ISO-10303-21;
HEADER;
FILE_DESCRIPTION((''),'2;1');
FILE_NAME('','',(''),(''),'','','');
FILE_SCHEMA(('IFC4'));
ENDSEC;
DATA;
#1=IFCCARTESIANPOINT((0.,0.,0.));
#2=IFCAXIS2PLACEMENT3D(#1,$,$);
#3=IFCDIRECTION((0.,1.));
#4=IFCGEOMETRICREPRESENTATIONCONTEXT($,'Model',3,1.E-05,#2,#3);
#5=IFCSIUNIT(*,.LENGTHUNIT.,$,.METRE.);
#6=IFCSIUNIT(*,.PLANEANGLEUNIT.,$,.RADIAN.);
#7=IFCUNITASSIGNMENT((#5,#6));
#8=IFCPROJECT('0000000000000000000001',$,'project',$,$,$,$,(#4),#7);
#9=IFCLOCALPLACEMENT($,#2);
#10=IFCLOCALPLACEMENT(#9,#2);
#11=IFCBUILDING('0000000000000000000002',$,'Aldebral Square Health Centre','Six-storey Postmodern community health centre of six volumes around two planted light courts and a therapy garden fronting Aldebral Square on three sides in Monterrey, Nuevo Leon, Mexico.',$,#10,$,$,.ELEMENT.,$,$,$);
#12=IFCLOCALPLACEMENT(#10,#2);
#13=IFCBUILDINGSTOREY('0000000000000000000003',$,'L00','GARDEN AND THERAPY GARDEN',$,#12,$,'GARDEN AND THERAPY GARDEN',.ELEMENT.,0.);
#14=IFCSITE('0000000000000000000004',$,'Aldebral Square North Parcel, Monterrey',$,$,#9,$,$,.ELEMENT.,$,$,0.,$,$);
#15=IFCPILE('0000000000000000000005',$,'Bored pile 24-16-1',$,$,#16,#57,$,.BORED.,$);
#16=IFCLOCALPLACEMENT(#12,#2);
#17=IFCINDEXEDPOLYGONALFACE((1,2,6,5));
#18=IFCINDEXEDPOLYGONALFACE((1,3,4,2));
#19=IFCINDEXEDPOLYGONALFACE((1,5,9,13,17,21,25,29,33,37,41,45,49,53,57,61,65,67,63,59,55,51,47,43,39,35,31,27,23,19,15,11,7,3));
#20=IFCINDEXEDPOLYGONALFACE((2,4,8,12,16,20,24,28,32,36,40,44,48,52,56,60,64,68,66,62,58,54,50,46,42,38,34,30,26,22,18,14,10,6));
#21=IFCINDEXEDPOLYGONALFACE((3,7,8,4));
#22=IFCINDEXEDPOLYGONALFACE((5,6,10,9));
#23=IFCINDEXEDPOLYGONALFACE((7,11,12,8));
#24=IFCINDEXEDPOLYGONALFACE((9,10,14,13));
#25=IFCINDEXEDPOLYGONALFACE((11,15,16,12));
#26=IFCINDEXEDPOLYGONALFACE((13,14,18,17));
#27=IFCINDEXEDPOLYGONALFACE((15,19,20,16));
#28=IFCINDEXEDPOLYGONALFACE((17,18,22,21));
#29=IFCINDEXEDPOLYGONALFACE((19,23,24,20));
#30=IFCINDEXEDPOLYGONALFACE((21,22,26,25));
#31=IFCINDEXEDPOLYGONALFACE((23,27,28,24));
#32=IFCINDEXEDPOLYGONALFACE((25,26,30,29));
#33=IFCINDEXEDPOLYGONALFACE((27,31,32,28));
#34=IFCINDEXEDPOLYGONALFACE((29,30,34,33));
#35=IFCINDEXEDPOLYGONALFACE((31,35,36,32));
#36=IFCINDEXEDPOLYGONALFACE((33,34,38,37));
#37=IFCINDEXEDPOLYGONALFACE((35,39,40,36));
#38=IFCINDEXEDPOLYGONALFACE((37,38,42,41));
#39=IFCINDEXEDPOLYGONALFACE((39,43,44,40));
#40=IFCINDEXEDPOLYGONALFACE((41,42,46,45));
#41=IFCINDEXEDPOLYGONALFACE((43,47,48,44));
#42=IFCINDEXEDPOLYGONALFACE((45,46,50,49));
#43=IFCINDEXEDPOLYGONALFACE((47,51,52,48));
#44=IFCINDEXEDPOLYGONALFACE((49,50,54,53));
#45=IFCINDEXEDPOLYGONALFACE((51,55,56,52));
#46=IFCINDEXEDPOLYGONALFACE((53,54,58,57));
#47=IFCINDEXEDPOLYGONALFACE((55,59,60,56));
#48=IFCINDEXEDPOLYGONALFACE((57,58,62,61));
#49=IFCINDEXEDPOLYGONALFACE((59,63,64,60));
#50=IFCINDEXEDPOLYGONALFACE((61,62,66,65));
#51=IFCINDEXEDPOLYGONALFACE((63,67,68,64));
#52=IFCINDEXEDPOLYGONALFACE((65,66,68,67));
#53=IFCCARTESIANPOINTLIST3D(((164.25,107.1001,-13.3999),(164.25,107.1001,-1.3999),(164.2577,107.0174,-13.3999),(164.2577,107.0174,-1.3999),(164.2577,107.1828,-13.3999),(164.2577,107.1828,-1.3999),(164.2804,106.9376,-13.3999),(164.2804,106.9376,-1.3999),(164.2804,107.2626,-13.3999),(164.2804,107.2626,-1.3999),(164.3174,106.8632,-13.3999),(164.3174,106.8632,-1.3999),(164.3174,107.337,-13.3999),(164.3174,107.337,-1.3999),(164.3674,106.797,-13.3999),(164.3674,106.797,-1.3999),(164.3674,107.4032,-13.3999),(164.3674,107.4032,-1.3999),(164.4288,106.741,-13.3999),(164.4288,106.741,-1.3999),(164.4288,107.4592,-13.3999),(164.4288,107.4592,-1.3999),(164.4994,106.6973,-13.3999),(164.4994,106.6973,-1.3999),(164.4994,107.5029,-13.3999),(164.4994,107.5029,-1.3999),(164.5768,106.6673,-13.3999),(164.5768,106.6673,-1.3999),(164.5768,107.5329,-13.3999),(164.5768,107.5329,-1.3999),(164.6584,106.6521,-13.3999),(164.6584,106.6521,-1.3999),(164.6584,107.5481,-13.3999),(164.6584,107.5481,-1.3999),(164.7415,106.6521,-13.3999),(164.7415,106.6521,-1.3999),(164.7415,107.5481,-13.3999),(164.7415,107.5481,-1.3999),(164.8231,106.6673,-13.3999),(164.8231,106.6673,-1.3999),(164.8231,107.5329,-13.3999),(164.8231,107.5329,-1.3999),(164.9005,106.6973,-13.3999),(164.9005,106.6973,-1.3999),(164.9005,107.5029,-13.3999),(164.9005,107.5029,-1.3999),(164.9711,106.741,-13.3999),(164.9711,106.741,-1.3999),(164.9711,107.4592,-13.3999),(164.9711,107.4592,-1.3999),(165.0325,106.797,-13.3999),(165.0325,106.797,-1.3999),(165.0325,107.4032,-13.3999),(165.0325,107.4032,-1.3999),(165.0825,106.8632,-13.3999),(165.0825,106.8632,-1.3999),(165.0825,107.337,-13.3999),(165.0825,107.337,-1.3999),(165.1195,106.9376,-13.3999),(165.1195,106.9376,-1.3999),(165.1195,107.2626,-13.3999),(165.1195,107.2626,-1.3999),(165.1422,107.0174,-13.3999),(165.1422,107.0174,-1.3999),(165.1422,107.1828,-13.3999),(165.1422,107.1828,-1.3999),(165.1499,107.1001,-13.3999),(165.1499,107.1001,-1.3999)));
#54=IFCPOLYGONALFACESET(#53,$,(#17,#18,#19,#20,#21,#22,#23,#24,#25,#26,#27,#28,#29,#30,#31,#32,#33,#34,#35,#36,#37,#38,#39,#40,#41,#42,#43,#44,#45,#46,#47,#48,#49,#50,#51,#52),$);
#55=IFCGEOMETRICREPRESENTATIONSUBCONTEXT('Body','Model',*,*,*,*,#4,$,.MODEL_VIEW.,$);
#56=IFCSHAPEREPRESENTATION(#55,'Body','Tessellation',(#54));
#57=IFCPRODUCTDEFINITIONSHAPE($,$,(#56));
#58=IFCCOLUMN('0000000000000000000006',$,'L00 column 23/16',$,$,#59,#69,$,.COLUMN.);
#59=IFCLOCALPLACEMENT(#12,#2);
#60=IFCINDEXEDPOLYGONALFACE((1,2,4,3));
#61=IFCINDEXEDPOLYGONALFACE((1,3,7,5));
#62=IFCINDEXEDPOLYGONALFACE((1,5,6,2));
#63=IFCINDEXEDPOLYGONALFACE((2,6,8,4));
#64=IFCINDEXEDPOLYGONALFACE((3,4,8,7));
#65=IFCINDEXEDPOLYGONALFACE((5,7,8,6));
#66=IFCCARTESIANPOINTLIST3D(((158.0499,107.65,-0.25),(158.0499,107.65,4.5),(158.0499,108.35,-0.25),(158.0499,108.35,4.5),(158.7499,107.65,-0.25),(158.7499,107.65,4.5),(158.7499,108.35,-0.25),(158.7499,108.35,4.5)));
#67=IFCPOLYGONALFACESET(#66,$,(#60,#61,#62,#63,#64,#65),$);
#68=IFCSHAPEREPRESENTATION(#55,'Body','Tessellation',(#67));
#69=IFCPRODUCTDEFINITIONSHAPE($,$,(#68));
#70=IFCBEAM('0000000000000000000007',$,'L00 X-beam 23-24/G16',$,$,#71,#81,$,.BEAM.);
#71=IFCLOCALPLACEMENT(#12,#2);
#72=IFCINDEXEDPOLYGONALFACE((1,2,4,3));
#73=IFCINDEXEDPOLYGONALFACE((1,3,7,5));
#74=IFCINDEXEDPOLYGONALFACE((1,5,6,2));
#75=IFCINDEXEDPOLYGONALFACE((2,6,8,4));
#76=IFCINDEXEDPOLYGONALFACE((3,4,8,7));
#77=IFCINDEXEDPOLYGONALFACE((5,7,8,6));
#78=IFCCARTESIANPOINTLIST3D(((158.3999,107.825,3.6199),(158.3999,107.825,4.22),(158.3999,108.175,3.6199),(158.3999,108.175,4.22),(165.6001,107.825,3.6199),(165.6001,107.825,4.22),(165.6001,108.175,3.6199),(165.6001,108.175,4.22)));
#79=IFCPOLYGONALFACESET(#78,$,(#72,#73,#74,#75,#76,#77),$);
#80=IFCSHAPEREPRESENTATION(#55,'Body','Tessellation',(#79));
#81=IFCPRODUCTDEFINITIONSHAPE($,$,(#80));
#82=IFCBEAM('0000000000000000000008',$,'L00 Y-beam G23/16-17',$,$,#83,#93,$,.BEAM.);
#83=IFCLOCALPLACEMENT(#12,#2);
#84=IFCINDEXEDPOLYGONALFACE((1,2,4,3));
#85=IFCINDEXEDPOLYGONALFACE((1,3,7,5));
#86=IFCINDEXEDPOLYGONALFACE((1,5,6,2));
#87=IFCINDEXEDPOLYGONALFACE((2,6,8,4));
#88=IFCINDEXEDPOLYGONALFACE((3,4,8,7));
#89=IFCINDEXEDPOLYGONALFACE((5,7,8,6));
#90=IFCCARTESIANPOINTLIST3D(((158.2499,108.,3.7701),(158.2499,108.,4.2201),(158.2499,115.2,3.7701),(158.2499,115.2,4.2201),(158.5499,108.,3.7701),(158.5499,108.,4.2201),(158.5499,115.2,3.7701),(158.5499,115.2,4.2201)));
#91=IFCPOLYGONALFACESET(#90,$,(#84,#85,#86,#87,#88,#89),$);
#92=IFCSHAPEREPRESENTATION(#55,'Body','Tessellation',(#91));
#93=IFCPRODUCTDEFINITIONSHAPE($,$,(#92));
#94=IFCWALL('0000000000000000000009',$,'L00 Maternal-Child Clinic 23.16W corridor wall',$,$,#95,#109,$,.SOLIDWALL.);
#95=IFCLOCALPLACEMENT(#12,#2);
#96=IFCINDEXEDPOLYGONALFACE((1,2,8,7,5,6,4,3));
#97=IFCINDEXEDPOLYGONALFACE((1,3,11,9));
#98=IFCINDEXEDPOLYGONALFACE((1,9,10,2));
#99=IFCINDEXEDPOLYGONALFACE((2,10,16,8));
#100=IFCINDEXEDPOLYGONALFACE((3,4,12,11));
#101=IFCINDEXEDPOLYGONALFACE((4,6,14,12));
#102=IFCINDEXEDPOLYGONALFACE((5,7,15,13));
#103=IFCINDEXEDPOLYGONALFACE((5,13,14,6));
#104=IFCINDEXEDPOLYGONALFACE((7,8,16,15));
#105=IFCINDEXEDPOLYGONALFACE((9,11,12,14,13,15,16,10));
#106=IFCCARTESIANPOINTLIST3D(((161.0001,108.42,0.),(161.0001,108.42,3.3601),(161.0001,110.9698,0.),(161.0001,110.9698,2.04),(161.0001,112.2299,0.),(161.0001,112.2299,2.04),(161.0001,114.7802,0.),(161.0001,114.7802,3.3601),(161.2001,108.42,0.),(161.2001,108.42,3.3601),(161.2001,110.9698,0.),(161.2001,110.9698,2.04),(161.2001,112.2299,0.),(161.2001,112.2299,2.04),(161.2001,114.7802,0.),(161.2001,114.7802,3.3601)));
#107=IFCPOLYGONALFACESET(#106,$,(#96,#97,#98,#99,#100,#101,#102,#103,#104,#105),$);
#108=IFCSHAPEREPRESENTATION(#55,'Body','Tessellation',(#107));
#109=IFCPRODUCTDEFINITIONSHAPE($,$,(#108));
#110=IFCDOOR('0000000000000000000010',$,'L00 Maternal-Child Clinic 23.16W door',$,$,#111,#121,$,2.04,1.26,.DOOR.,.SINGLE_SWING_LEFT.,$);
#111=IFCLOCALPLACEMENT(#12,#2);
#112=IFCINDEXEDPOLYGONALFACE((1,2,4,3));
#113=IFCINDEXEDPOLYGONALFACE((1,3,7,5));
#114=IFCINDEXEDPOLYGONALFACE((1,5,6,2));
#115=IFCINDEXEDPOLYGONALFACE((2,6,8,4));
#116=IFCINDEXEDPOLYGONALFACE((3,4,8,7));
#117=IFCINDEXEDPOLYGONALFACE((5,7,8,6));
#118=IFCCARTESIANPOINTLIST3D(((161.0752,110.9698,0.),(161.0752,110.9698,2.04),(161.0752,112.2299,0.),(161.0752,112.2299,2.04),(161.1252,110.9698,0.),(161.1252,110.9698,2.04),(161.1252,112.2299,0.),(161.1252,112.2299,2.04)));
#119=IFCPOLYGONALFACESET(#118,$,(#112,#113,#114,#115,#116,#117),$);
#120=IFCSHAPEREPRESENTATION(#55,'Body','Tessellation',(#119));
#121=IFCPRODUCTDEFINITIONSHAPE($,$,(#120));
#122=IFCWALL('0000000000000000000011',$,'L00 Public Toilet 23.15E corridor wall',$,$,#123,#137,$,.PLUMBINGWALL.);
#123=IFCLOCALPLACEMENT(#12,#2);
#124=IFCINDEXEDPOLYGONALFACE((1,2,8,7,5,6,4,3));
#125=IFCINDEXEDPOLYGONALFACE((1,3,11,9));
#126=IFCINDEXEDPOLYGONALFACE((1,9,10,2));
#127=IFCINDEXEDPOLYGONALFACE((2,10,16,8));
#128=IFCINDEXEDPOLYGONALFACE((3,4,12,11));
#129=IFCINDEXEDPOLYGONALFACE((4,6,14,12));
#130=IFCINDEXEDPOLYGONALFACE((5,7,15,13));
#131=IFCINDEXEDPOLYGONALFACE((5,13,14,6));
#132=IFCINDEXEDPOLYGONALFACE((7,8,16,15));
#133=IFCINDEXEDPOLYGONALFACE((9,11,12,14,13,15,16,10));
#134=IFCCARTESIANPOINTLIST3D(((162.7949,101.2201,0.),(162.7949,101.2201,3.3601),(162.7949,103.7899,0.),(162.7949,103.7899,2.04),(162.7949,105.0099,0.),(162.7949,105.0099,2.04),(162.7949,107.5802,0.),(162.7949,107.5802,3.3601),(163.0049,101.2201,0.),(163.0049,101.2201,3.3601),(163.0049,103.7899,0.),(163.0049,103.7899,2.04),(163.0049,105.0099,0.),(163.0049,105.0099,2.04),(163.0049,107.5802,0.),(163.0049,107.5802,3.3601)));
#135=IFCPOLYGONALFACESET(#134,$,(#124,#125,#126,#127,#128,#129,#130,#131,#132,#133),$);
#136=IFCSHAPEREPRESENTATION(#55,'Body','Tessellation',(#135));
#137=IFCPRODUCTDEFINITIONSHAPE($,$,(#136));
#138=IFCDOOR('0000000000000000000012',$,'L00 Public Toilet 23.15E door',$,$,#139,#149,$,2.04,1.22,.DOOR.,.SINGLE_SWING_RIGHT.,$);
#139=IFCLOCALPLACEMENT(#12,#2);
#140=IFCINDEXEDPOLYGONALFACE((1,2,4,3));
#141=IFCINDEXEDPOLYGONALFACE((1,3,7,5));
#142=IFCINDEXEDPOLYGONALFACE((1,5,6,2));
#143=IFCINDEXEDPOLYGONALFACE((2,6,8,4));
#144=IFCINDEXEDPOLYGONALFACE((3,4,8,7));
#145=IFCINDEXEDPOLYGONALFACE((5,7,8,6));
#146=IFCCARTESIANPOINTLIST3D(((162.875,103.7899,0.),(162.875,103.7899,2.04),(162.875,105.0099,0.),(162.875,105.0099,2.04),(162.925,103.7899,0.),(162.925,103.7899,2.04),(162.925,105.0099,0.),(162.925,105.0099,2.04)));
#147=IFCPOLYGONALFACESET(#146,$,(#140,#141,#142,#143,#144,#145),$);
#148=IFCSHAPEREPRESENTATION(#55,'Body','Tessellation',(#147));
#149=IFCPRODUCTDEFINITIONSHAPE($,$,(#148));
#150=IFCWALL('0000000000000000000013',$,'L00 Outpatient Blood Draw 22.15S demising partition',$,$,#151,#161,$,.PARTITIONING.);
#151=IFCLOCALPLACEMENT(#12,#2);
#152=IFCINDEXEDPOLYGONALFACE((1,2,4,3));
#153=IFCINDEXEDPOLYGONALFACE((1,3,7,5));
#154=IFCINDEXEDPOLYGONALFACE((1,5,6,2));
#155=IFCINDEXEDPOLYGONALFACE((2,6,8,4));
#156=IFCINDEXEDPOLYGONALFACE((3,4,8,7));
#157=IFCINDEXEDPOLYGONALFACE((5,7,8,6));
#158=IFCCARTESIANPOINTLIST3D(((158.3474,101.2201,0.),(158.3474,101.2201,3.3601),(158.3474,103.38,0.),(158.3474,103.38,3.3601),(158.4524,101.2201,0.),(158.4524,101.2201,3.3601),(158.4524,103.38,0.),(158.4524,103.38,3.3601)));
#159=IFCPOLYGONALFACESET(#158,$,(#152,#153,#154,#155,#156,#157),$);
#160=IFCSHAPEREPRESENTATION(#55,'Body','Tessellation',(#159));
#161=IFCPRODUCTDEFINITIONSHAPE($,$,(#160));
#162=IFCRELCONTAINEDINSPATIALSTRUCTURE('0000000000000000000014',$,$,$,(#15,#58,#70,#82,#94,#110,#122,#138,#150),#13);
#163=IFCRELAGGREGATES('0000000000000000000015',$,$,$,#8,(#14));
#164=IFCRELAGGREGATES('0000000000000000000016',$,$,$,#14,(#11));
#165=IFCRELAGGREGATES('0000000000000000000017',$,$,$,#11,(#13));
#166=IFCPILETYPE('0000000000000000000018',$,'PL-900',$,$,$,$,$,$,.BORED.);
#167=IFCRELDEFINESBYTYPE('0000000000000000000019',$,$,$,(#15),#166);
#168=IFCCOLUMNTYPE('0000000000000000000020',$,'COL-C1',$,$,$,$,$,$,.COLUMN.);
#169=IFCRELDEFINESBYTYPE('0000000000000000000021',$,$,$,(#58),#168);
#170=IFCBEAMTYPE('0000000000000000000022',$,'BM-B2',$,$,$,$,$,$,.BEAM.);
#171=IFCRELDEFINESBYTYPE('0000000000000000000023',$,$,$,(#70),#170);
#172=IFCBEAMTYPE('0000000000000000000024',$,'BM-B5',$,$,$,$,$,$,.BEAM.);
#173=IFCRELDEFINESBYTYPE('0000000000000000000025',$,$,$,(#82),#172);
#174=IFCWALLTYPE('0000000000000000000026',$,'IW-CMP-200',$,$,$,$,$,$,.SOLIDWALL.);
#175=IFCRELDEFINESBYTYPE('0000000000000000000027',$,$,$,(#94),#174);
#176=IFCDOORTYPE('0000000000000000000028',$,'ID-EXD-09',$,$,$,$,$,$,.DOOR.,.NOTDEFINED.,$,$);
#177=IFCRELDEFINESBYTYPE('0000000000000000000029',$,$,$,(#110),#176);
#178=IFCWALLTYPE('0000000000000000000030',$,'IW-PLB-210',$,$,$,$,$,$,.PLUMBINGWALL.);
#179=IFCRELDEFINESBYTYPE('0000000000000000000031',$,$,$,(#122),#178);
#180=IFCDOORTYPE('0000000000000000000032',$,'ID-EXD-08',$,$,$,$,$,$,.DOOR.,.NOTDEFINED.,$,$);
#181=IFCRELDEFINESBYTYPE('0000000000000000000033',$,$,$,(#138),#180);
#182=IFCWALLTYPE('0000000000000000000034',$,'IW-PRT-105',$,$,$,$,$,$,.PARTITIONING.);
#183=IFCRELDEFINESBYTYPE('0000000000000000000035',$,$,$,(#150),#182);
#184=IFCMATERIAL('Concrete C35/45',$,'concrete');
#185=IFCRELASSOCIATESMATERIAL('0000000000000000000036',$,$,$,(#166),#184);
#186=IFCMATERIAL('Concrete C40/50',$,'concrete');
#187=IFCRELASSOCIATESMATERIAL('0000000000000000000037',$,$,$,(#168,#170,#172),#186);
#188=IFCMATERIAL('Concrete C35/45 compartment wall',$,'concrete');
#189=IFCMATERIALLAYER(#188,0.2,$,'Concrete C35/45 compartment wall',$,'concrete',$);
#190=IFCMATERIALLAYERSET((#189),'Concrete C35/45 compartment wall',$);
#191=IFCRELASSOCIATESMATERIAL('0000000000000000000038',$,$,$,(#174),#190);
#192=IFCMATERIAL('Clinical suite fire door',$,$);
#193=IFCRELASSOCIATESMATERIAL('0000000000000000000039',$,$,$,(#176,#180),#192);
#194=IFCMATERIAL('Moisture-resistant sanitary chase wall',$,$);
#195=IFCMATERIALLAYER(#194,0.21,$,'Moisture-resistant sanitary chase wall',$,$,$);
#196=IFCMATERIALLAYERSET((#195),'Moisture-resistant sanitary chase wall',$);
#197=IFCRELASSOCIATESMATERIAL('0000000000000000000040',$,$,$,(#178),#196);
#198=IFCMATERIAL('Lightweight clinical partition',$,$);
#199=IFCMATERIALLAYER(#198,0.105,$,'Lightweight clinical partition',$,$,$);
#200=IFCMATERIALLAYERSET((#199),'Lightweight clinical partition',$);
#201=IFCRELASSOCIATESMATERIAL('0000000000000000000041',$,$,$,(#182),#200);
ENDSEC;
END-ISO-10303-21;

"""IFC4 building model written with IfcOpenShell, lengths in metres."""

from ifc_helpers import new_model, si_unit, direction, frame, frame_2d, origin, origin_2d, place, context, subcontext, project, spatial, rectangle, circle, extrude, material, layer, layer_set, material_profile, profile_set, type_object, element, fill, save


model = new_model("IFC4")

# Units and contexts
model_context = context("Model", 3, precision=1e-05, world=origin(), true_north=direction((0.0, 1.0)))
body_context = subcontext(model_context, "Body", "Model", "MODEL_VIEW")
ifc_project = project(units=[si_unit("LENGTHUNIT", "METRE"), si_unit("PLANEANGLEUNIT", "RADIAN")], contexts=[model_context])

# Site, building, storey
site_placement = place(None, origin())
site = spatial("IfcSite", under=ifc_project, at=site_placement, Name="Aldebral Square North Parcel, Monterrey", CompositionType="ELEMENT", RefElevation=0.0)
building_placement = place(site_placement, origin())
building = spatial("IfcBuilding", under=site, at=building_placement, Name="Aldebral Square Health Centre", Description="Six-storey Postmodern community health centre of six volumes around two planted light courts and a therapy garden fronting Aldebral Square on three sides in Monterrey, Nuevo Leon, Mexico.", CompositionType="ELEMENT")
storey_placement = place(building_placement, origin())
storey = spatial("IfcBuildingStorey", under=building, at=storey_placement, Name="L00", Description="GARDEN AND THERAPY GARDEN", LongName="GARDEN AND THERAPY GARDEN", CompositionType="ELEMENT", Elevation=0.0)

# Shared definitions
ifc_material_1 = material(Name="Concrete C35/45", Category="concrete")

# Pile
ifc_material_profile_1 = material_profile(ifc_material_1, circle(Radius=0.45, at=origin_2d()), Name="PILE D900")
ifc_profile_set_1 = profile_set([ifc_material_profile_1], Name="Concrete C35/45")
pile_type = type_object("IfcPileType", Name="PL-900", PredefinedType="BORED", material=ifc_profile_set_1)
for number, where, z_axis, x_axis, name in (
    (1, (164.7, 107.1001, -1.3999), (0.0, 0.0, -1.0), (1.0, 0.0, 0.0), "Bored pile 24-16-1"),
):
    element("IfcPile", number, at=place(storey_placement, frame(where, z_axis=z_axis, x_axis=x_axis)), inside=storey, type_object=pile_type, Name=name, PredefinedType="BORED", context=body_context, shape_type="SweptSolid", body=[
        extrude(circle(Radius=0.45, at=origin_2d()), origin(), (0.0, 0.0, 1.0), 12.0),
    ])

# Column
ifc_material_2 = material(Name="Concrete C40/50", Category="concrete")
ifc_material_profile_2 = material_profile(ifc_material_2, rectangle(XDim=0.7, YDim=0.7, at=origin_2d()), Name="RC 700x700")
ifc_profile_set_2 = profile_set([ifc_material_profile_2], Name="Concrete C40/50")
column_type = type_object("IfcColumnType", Name="COL-C1", PredefinedType="COLUMN", material=ifc_profile_set_2)
column_placement = place(storey_placement, frame((158.3999, 108.0, -0.25), z_axis=(0.0, 0.0, 1.0), x_axis=(1.0, 0.0, 0.0)))
element("IfcColumn", 2, at=column_placement, inside=storey, type_object=column_type, Name="L00 column 23/16", PredefinedType="COLUMN", context=body_context, shape_type="SweptSolid", body=[
    extrude(rectangle(XDim=0.7, YDim=0.7, at=origin_2d()), origin(), (0.0, 0.0, 1.0), 4.75),
])

# Beams
ifc_material_profile_3 = material_profile(ifc_material_2, rectangle(XDim=0.3501, YDim=0.6001, at=origin_2d()), Name="RC 350x600")
ifc_profile_set_3 = profile_set([ifc_material_profile_3], Name="Concrete C40/50")
beam_type_1 = type_object("IfcBeamType", Name="BM-B2", PredefinedType="BEAM", material=ifc_profile_set_3)
beam_1_placement = place(storey_placement, frame((158.3999, 108.0, 3.9199), z_axis=(1.0, 0.0, 0.0), x_axis=(0.0, 1.0, 0.0)))
element("IfcBeam", 3, at=beam_1_placement, inside=storey, type_object=beam_type_1, Name="L00 X-beam 23-24/G16", PredefinedType="BEAM", context=body_context, shape_type="SweptSolid", body=[
    extrude(rectangle(XDim=0.3501, YDim=0.6001, at=origin_2d()), origin(), (0.0, 0.0, 1.0), 7.2002),
])
ifc_material_profile_4 = material_profile(ifc_material_2, rectangle(XDim=0.3, YDim=0.45, at=origin_2d()), Name="RC 300x450")
ifc_profile_set_4 = profile_set([ifc_material_profile_4], Name="Concrete C40/50")
beam_type_2 = type_object("IfcBeamType", Name="BM-B5", PredefinedType="BEAM", material=ifc_profile_set_4)
beam_2_placement = place(storey_placement, frame((158.3999, 108.0, 3.9951), z_axis=(0.0, 1.0, 0.0), x_axis=(-1.0, 0.0, 0.0)))
element("IfcBeam", 4, at=beam_2_placement, inside=storey, type_object=beam_type_2, Name="L00 Y-beam G23/16-17", PredefinedType="BEAM", context=body_context, shape_type="SweptSolid", body=[
    extrude(rectangle(XDim=0.3, YDim=0.45, at=origin_2d()), origin(), (0.0, 0.0, 1.0), 7.2),
])

# Walls, openings, doors
ifc_material_3 = material(Name="Concrete C35/45 compartment wall", Category="concrete")
ifc_layer_1 = layer(ifc_material_3, 0.2, Name="Concrete C35/45 compartment wall", Category="concrete")
ifc_layer_set_1 = layer_set([ifc_layer_1], Name="Concrete C35/45 compartment wall")
wall_type_1 = type_object("IfcWallType", Name="IW-CMP-200", PredefinedType="SOLIDWALL", material=ifc_layer_set_1)
wall_1_placement = place(storey_placement, frame((161.1001, 108.4199, 0.0), z_axis=(0.0, 0.0, 1.0), x_axis=(0.0, 1.0, 0.0)))
wall_1 = element("IfcWall", 5, at=wall_1_placement, inside=storey, type_object=wall_type_1, Name="L00 Maternal-Child Clinic 23.16W corridor wall", PredefinedType="SOLIDWALL", context=body_context, shape_type="SweptSolid", body=[
    extrude(rectangle(XDim=6.3601, YDim=0.2, at=frame_2d((3.1802, 0.0))), origin(), (0.0, 0.0, 1.0), 3.3601),
])
opening_1_placement = place(wall_1_placement, frame((2.55, 0.0, 0.0)))
opening_1 = element("IfcOpeningElement", 6, at=opening_1_placement, cuts=wall_1, PredefinedType="OPENING", context=body_context, shape_type="SweptSolid", body=[
    extrude(rectangle(XDim=1.26, YDim=2.04, at=frame_2d((0.6299, 1.02))), frame((0.0, 0.1099, 0.0), z_axis=(0.0, -1.0, 0.0), x_axis=(1.0, 0.0, 0.0)), (0.0, 0.0, 1.0), 0.22),
])
ifc_material_4 = material(Name="Clinical suite fire door")
door_type_1 = type_object("IfcDoorType", Name="ID-EXD-09", OperationType="NOTDEFINED", PredefinedType="DOOR", material=ifc_material_4)
door_1_placement = place(opening_1_placement, origin())
door_1 = element("IfcDoor", 7, at=door_1_placement, inside=storey, type_object=door_type_1, Name="L00 Maternal-Child Clinic 23.16W door", OperationType="SINGLE_SWING_LEFT", OverallHeight=2.04, OverallWidth=1.26, PredefinedType="DOOR", context=body_context, shape_type="SweptSolid", body=[
    extrude(rectangle(XDim=1.26, YDim=2.04, at=frame_2d((0.6299, 1.02))), frame((0.0, 0.0249, 0.0), z_axis=(0.0, -1.0, 0.0), x_axis=(1.0, 0.0, 0.0)), (0.0, 0.0, 1.0), 0.05),
])
fill(opening_1, door_1)
ifc_material_5 = material(Name="Moisture-resistant sanitary chase wall")
ifc_layer_2 = layer(ifc_material_5, 0.21, Name="Moisture-resistant sanitary chase wall")
ifc_layer_set_2 = layer_set([ifc_layer_2], Name="Moisture-resistant sanitary chase wall")
wall_type_2 = type_object("IfcWallType", Name="IW-PLB-210", PredefinedType="PLUMBINGWALL", material=ifc_layer_set_2)
wall_2_placement = place(storey_placement, frame((162.8999, 101.22, 0.0), z_axis=(0.0, 0.0, 1.0), x_axis=(0.0, 1.0, 0.0)))
wall_2 = element("IfcWall", 8, at=wall_2_placement, inside=storey, type_object=wall_type_2, Name="L00 Public Toilet 23.15E corridor wall", PredefinedType="PLUMBINGWALL", context=body_context, shape_type="SweptSolid", body=[
    extrude(rectangle(XDim=6.3601, YDim=0.21, at=frame_2d((3.1802, 0.0))), origin(), (0.0, 0.0, 1.0), 3.3601),
])
opening_2_placement = place(wall_2_placement, frame((2.5701, 0.0, 0.0)))
opening_2 = element("IfcOpeningElement", 9, at=opening_2_placement, cuts=wall_2, PredefinedType="OPENING", context=body_context, shape_type="SweptSolid", body=[
    extrude(rectangle(XDim=1.22, YDim=2.04, at=frame_2d((0.6099, 1.02))), frame((0.0, 0.115, 0.0), z_axis=(0.0, -1.0, 0.0), x_axis=(1.0, 0.0, 0.0)), (0.0, 0.0, 1.0), 0.23),
])
door_type_2 = type_object("IfcDoorType", Name="ID-EXD-08", OperationType="NOTDEFINED", PredefinedType="DOOR", material=ifc_material_4)
door_2_placement = place(opening_2_placement, origin())
door_2 = element("IfcDoor", 10, at=door_2_placement, inside=storey, type_object=door_type_2, Name="L00 Public Toilet 23.15E door", OperationType="SINGLE_SWING_RIGHT", OverallHeight=2.04, OverallWidth=1.22, PredefinedType="DOOR", context=body_context, shape_type="SweptSolid", body=[
    extrude(rectangle(XDim=1.22, YDim=2.04, at=frame_2d((0.6099, 1.02))), frame((0.0, 0.0249, 0.0), z_axis=(0.0, -1.0, 0.0), x_axis=(1.0, 0.0, 0.0)), (0.0, 0.0, 1.0), 0.05),
])
fill(opening_2, door_2)

# Wall
ifc_material_6 = material(Name="Lightweight clinical partition")
ifc_layer_3 = layer(ifc_material_6, 0.105, Name="Lightweight clinical partition")
ifc_layer_set_3 = layer_set([ifc_layer_3], Name="Lightweight clinical partition")
wall_type_3 = type_object("IfcWallType", Name="IW-PRT-105", PredefinedType="PARTITIONING", material=ifc_layer_set_3)
wall_3_placement = place(storey_placement, frame((158.3999, 101.22, 0.0), z_axis=(0.0, 0.0, 1.0), x_axis=(0.0, 1.0, 0.0)))
element("IfcWall", 11, at=wall_3_placement, inside=storey, type_object=wall_type_3, Name="L00 Outpatient Blood Draw 22.15S demising partition", PredefinedType="PARTITIONING", context=body_context, shape_type="SweptSolid", body=[
    extrude(rectangle(XDim=2.1599, YDim=0.105, at=frame_2d((1.0801, 0.0))), origin(), (0.0, 0.0, 1.0), 3.3601),
])

save(model, "model.ifc")
